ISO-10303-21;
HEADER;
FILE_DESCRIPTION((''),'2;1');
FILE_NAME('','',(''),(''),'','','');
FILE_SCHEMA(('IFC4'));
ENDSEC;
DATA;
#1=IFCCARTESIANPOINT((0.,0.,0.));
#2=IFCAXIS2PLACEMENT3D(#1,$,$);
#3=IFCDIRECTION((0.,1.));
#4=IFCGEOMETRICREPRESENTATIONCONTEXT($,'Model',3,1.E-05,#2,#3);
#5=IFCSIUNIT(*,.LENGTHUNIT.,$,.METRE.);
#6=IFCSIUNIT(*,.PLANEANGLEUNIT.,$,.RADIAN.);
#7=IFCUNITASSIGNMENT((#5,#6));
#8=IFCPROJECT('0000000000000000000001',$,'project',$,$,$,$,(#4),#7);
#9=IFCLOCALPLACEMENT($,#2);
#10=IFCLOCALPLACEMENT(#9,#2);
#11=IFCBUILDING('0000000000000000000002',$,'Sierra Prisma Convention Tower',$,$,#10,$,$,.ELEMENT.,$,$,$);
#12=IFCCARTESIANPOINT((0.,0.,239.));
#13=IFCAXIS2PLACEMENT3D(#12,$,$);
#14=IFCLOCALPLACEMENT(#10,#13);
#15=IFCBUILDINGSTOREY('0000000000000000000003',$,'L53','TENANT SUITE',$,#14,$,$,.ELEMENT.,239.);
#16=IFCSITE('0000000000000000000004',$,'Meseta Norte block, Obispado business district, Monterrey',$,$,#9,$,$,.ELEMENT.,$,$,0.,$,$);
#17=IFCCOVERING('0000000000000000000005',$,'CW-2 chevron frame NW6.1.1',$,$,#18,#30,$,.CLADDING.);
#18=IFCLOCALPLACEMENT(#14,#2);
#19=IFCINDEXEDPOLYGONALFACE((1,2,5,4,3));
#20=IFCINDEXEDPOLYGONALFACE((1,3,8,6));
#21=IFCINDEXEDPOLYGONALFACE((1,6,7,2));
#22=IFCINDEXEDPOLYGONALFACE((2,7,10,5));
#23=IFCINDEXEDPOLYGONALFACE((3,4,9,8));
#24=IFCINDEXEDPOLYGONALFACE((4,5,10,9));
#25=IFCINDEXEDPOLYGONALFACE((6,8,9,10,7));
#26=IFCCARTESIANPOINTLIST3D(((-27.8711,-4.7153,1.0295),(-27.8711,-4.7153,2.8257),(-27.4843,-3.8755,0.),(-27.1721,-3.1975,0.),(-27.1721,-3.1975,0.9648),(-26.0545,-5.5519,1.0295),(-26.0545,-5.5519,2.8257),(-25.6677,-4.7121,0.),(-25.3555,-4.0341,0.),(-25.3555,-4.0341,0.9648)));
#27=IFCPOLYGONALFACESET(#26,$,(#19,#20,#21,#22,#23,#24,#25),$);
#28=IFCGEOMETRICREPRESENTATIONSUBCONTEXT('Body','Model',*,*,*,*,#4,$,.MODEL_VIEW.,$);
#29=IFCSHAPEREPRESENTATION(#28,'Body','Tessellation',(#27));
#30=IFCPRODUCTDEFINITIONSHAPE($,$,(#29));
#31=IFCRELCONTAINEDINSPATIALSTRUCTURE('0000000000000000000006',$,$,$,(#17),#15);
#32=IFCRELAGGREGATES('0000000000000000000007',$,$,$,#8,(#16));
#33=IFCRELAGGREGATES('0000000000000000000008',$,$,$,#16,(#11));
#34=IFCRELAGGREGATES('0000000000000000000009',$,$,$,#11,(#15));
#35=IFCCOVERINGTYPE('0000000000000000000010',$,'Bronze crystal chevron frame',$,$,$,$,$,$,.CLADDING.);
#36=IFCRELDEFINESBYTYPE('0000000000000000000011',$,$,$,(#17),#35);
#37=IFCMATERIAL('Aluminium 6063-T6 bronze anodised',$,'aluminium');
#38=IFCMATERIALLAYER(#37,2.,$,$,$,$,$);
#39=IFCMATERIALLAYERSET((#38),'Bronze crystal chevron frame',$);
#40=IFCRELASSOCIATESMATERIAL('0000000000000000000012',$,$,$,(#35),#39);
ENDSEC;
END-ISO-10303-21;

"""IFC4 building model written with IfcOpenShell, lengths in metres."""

from ifc_helpers import new_model, si_unit, direction, frame, origin, place, context, subcontext, project, spatial, polyline, outline, extrude, material, layer, layer_set, type_object, element, save


model = new_model("IFC4")

# Units and contexts
model_context = context("Model", 3, precision=1e-05, world=origin(), true_north=direction((0.0, 1.0)))
body_context = subcontext(model_context, "Body", "Model", "MODEL_VIEW")
ifc_project = project(units=[si_unit("LENGTHUNIT", "METRE"), si_unit("PLANEANGLEUNIT", "RADIAN")], contexts=[model_context])

# Site, building, storey
site_placement = place(None, origin())
site = spatial("IfcSite", under=ifc_project, at=site_placement, Name="Meseta Norte block, Obispado business district, Monterrey", CompositionType="ELEMENT", RefElevation=0.0)
building_placement = place(site_placement, origin())
building = spatial("IfcBuilding", under=site, at=building_placement, Name="Sierra Prisma Convention Tower", CompositionType="ELEMENT")
storey_placement = place(building_placement, frame((0.0, 0.0, 239.0)))
storey = spatial("IfcBuildingStorey", under=building, at=storey_placement, Name="L53", Description="TENANT SUITE", CompositionType="ELEMENT", Elevation=239.0)

# Covering
ifc_material_1 = material(Name="Aluminium 6063-T6 bronze anodised", Category="aluminium")
ifc_layer_1 = layer(ifc_material_1, 2.0)
ifc_layer_set_1 = layer_set([ifc_layer_1], Name="Bronze crystal chevron frame")
covering_type = type_object("IfcCoveringType", Name="Bronze crystal chevron frame", PredefinedType="CLADDING", material=ifc_layer_set_1)
covering_1_placement = place(storey_placement, frame((-27.1721, -3.1975, 0.0), z_axis=(-0.908311, 0.418295, 0.000011), x_axis=(-0.418295, -0.908311, 0.0)))
element("IfcCovering", 1, at=covering_1_placement, inside=storey, type_object=covering_type, Name="CW-2 chevron frame NW6.1.1", PredefinedType="CLADDING", context=body_context, shape_type="SweptSolid", body=[
    extrude(outline(polyline([(0.0, 0.0), (0.7464, 0.0), (1.671, 1.0295), (1.671, 2.8257), (0.0, 0.9648), (0.0, 0.0)])), origin(), (0.0, 0.0, -1.0), 2.0),
])

save(model, "model.ifc")
